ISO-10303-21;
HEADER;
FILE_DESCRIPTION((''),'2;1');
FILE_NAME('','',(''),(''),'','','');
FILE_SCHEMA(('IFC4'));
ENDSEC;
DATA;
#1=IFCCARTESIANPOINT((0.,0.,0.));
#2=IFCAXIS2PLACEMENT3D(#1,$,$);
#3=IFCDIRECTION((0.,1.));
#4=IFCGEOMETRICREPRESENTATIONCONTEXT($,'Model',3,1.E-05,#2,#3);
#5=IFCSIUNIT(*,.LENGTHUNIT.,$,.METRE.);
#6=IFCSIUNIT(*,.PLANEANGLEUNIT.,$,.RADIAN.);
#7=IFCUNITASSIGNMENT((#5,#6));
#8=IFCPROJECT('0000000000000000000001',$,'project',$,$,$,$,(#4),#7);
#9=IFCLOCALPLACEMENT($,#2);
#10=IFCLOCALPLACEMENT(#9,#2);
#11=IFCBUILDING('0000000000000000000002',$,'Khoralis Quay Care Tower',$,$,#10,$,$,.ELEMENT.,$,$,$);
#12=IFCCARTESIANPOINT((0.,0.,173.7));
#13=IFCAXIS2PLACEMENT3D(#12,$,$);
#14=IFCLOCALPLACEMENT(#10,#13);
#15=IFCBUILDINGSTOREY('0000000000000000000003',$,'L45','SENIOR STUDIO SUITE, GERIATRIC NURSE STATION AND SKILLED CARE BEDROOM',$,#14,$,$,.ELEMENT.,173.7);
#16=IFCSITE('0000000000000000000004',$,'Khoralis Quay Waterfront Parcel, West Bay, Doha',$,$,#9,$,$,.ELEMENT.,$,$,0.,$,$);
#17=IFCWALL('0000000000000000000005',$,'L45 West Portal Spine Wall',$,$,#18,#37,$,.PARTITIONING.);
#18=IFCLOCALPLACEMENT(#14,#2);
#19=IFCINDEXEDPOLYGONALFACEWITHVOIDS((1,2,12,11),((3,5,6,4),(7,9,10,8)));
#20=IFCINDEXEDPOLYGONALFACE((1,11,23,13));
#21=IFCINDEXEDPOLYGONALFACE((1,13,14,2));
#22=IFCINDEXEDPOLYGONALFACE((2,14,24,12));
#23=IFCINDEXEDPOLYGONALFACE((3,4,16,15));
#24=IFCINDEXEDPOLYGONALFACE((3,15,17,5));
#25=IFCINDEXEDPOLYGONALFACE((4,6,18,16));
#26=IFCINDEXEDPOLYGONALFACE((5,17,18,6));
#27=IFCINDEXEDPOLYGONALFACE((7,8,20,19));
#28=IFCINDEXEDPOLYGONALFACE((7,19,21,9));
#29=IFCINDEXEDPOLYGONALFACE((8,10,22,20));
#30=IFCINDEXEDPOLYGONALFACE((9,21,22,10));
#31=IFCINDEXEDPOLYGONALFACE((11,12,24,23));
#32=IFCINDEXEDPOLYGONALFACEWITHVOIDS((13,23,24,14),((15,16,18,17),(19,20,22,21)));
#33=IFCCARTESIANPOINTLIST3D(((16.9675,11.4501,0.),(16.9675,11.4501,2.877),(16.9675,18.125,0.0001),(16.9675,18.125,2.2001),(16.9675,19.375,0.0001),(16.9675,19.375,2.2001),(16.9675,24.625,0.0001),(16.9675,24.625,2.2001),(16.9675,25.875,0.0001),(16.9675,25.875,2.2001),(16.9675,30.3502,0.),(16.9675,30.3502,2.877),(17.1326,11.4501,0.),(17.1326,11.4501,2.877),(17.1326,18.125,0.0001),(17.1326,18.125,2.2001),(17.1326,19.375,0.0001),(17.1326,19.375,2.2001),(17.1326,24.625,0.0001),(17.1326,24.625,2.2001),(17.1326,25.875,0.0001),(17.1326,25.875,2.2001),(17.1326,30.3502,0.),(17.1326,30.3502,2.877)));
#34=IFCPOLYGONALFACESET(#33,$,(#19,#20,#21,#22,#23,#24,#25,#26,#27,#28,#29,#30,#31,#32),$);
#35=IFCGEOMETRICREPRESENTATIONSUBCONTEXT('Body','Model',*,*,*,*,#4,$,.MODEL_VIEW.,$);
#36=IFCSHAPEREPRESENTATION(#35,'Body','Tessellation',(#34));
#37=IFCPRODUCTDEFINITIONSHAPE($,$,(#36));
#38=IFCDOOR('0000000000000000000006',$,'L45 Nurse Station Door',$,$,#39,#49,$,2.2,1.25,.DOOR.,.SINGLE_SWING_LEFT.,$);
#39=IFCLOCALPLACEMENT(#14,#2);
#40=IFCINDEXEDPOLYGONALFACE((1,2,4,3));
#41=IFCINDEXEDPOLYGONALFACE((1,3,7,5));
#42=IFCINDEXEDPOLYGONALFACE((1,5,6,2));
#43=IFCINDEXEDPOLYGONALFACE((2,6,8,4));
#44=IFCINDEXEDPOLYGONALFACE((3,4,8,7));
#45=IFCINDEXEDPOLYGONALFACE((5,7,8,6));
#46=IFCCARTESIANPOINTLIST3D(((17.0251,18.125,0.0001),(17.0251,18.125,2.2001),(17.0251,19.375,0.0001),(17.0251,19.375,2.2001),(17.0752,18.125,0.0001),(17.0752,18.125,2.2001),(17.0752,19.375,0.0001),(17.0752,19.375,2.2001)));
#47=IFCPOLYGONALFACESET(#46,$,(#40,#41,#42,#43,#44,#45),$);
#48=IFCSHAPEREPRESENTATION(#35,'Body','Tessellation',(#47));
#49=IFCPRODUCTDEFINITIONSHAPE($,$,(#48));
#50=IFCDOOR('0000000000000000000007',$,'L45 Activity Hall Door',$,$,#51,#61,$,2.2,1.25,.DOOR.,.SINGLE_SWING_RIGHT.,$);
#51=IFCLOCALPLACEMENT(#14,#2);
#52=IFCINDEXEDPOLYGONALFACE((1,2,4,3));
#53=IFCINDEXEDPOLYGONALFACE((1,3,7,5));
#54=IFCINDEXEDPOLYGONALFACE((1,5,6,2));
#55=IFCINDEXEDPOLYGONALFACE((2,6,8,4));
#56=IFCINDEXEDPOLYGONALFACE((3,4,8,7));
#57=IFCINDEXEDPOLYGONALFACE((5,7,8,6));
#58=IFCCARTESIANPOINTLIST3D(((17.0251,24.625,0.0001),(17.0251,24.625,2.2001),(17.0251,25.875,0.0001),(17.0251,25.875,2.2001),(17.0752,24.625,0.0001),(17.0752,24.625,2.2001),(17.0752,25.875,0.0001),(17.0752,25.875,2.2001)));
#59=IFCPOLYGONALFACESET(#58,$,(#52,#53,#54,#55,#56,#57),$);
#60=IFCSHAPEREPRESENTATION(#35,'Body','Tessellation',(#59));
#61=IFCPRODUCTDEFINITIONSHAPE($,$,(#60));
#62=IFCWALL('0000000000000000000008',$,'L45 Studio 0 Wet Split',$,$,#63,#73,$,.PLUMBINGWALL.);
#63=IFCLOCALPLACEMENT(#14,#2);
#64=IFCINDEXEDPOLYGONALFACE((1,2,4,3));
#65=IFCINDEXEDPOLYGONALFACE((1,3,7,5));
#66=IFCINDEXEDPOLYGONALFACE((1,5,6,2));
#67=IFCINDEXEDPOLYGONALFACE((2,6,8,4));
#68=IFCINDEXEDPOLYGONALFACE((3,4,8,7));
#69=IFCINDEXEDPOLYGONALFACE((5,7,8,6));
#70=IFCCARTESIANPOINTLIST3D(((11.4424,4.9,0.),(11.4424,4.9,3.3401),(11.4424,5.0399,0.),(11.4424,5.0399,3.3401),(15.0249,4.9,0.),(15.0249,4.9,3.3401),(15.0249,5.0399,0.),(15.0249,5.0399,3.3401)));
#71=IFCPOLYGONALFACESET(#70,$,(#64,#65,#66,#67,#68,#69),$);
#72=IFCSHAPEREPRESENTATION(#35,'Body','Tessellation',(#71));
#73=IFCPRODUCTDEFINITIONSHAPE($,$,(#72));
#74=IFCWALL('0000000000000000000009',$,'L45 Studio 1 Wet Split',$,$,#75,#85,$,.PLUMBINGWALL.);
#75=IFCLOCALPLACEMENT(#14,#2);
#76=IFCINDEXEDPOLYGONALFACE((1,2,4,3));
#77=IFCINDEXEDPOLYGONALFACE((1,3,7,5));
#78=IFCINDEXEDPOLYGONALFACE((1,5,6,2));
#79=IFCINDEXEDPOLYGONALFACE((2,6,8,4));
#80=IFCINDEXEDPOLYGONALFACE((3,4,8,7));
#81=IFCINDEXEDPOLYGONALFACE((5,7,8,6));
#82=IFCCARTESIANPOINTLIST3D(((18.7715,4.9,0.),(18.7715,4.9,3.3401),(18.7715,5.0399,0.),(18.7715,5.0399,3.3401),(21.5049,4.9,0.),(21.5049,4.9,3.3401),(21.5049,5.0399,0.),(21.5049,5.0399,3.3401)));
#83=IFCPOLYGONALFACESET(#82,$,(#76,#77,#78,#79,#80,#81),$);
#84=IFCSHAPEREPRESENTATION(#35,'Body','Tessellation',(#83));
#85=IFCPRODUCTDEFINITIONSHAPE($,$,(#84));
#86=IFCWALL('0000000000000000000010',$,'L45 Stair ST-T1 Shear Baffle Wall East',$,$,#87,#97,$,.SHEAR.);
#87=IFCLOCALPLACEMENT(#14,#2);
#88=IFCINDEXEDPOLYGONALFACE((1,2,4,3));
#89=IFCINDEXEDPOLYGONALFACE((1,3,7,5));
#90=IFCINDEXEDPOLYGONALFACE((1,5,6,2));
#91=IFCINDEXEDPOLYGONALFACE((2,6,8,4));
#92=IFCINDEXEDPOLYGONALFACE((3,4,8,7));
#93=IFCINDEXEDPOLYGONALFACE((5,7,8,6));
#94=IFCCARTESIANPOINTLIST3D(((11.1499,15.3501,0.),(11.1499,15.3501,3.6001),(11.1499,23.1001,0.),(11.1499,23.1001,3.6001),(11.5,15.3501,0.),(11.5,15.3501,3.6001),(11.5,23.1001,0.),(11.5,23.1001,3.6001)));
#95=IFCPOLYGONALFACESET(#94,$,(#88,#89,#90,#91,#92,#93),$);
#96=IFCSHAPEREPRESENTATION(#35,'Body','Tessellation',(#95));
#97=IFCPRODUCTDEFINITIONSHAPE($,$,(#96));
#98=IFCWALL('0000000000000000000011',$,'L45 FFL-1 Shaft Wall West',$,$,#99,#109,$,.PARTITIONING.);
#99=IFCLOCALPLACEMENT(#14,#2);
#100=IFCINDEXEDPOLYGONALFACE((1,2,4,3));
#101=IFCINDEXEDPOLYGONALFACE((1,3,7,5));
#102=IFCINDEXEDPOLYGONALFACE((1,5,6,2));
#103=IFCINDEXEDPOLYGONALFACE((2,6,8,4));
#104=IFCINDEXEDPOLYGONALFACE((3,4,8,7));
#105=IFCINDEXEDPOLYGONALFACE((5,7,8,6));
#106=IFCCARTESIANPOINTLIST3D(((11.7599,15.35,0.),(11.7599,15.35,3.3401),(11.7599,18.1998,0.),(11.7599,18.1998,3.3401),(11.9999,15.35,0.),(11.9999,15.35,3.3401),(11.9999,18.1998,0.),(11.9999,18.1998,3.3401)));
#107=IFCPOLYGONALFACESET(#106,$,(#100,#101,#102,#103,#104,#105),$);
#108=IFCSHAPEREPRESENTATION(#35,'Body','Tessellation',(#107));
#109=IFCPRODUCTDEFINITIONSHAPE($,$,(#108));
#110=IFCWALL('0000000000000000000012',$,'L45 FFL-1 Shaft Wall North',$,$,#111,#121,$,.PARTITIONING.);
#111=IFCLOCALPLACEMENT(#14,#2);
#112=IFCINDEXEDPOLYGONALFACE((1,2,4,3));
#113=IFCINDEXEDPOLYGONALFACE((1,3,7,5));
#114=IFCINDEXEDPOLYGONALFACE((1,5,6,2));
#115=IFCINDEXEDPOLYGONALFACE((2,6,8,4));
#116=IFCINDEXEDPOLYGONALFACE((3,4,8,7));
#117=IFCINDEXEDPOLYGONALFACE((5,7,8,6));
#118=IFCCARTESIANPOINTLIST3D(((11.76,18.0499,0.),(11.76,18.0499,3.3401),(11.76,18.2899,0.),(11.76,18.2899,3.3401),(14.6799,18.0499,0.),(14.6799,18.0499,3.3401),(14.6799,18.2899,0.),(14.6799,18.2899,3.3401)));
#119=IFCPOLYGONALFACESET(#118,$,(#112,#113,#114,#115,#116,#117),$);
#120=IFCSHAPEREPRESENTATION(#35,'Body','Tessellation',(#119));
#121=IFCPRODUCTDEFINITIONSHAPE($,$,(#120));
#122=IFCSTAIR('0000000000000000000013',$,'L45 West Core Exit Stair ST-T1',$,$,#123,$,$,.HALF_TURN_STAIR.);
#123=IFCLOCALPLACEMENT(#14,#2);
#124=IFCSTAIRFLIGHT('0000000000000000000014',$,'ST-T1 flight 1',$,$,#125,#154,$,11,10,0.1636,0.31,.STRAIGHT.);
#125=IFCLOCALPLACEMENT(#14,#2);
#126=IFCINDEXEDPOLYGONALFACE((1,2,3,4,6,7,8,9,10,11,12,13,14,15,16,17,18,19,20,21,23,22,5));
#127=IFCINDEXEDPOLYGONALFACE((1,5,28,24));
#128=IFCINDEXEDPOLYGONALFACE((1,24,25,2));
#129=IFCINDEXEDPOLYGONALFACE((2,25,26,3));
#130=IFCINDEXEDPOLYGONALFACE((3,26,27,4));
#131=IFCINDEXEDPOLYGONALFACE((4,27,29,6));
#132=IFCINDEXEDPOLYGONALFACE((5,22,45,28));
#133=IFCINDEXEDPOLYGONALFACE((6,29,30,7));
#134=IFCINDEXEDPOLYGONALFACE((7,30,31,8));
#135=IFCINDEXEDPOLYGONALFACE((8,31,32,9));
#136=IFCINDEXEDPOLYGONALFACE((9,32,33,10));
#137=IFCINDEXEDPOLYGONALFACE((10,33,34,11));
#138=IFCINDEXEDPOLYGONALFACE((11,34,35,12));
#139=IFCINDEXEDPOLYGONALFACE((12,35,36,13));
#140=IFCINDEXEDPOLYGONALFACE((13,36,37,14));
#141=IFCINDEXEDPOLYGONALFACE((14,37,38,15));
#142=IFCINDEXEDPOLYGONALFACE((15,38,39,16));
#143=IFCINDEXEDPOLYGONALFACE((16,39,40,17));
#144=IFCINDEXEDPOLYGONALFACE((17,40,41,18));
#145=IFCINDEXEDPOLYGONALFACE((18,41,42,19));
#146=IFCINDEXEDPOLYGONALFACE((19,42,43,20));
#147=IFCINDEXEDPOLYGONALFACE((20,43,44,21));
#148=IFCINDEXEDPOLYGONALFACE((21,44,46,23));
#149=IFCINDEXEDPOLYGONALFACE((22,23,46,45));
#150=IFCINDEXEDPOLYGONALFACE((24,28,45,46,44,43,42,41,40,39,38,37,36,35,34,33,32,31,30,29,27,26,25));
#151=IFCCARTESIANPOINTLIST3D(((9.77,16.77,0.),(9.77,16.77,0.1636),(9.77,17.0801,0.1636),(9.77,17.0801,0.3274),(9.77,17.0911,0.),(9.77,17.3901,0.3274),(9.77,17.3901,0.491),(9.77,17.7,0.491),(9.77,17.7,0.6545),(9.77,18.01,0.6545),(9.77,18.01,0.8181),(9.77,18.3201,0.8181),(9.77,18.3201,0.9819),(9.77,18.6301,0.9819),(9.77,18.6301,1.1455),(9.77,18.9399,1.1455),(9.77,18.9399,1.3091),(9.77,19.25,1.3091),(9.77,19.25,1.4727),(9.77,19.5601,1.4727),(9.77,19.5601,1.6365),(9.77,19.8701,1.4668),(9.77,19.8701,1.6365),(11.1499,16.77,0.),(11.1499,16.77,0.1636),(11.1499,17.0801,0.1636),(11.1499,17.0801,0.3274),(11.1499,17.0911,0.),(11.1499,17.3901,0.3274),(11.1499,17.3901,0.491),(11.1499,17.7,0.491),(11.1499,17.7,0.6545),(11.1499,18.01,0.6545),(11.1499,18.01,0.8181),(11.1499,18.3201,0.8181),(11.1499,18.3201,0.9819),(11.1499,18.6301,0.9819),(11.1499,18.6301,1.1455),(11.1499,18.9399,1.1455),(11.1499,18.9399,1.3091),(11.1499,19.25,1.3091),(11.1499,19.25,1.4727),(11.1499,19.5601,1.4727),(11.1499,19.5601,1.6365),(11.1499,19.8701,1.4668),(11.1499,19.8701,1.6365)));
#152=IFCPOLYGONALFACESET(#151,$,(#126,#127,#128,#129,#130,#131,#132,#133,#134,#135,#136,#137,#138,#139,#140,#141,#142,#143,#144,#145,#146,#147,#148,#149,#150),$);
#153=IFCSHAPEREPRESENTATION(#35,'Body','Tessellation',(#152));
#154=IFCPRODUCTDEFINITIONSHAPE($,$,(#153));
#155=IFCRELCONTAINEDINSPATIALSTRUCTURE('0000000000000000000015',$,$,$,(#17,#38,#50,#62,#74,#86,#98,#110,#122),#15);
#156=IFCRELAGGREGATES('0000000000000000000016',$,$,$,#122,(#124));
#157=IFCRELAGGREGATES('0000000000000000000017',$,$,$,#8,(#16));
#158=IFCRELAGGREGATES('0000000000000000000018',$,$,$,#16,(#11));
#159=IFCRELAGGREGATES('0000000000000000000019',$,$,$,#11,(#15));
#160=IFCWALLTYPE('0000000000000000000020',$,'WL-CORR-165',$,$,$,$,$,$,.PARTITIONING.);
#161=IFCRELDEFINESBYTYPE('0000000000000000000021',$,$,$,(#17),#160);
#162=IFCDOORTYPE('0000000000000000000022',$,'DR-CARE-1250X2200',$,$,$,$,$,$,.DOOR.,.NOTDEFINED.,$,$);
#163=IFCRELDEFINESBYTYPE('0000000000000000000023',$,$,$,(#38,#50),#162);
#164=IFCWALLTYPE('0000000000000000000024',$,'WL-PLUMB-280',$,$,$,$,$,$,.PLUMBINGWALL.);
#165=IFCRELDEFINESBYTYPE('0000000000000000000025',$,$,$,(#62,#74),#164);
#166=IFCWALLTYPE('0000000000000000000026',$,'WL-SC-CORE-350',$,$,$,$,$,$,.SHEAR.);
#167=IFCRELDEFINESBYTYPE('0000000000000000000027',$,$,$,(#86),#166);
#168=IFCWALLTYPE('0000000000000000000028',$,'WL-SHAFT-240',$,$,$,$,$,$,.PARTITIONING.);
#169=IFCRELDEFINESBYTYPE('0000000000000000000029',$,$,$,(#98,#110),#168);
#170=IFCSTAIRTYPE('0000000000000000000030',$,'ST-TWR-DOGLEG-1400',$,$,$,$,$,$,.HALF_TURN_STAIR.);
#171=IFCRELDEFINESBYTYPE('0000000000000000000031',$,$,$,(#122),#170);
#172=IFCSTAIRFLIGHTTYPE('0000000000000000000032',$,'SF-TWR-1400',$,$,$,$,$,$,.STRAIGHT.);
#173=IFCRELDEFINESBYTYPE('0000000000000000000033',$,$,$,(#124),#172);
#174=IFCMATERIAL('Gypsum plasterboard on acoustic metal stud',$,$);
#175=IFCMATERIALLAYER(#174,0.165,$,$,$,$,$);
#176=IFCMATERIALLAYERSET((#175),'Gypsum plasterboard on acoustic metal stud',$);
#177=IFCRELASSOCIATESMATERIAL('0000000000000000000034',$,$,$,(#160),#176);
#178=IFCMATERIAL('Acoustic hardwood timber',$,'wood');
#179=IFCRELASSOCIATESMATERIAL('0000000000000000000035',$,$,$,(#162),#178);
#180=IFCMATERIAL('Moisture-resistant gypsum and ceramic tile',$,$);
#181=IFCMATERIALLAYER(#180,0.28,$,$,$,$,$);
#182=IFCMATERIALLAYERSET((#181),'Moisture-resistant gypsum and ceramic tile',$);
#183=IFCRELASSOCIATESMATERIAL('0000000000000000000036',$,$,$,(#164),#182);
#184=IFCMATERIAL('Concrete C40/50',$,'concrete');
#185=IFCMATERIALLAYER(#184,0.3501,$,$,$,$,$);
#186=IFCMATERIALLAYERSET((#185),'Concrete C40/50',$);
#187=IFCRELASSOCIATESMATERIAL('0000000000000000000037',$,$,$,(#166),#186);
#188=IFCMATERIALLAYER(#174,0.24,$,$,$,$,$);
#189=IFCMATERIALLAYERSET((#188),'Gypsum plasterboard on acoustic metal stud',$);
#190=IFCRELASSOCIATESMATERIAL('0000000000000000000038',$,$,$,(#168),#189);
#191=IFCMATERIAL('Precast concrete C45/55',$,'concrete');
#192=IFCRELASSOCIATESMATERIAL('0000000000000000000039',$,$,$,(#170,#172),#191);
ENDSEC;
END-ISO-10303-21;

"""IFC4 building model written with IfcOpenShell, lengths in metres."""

from ifc_helpers import new_model, si_unit, direction, frame, frame_2d, origin, place, context, subcontext, project, spatial, polyline, rectangle, outline, extrude, source, transform, mapped, material, layer, layer_set, type_object, element, fill, aggregate, save


model = new_model("IFC4")

# Units and contexts
model_context = context("Model", 3, precision=1e-05, world=origin(), true_north=direction((0.0, 1.0)))
body_context = subcontext(model_context, "Body", "Model", "MODEL_VIEW")
ifc_project = project(units=[si_unit("LENGTHUNIT", "METRE"), si_unit("PLANEANGLEUNIT", "RADIAN")], contexts=[model_context])

# Site, building, storey
site_placement = place(None, origin())
site = spatial("IfcSite", under=ifc_project, at=site_placement, Name="Khoralis Quay Waterfront Parcel, West Bay, Doha", CompositionType="ELEMENT", RefElevation=0.0)
building_placement = place(site_placement, origin())
building = spatial("IfcBuilding", under=site, at=building_placement, Name="Khoralis Quay Care Tower", CompositionType="ELEMENT")
storey_placement = place(building_placement, frame((0.0, 0.0, 173.7)))
storey = spatial("IfcBuildingStorey", under=building, at=storey_placement, Name="L45", Description="SENIOR STUDIO SUITE, GERIATRIC NURSE STATION AND SKILLED CARE BEDROOM", CompositionType="ELEMENT", Elevation=173.7)

# Shared definitions
ifc_material_1 = material(Name="Gypsum plasterboard on acoustic metal stud")

# Wall, openings, doors
ifc_layer_1 = layer(ifc_material_1, 0.165)
ifc_layer_set_1 = layer_set([ifc_layer_1], Name="Gypsum plasterboard on acoustic metal stud")
wall_type_1 = type_object("IfcWallType", Name="WL-CORR-165", PredefinedType="PARTITIONING", material=ifc_layer_set_1)
wall_1_placement = place(storey_placement, frame((17.05, 11.45, 0.0), z_axis=(0.0, 0.0, 1.0), x_axis=(0.0, 1.0, 0.0)))
wall_1 = element("IfcWall", 1, at=wall_1_placement, inside=storey, type_object=wall_type_1, Name="L45 West Portal Spine Wall", PredefinedType="PARTITIONING", context=body_context, shape_type="SweptSolid", body=[
    extrude(rectangle(XDim=18.9001, YDim=0.165, at=frame_2d((9.4502, 0.0))), origin(), (0.0, 0.0, 1.0), 2.877),
])
opening_1_placement = place(wall_1_placement, frame((6.675, 0.0, 0.0)))
opening_1 = element("IfcOpeningElement", 2, at=opening_1_placement, cuts=wall_1, PredefinedType="OPENING", context=body_context, shape_type="SweptSolid", body=[
    extrude(rectangle(XDim=1.25, YDim=2.2, at=frame_2d((0.625, 1.1001))), frame((0.0, 0.0925, 0.0), z_axis=(0.0, -1.0, 0.0), x_axis=(1.0, 0.0, 0.0)), (0.0, 0.0, 1.0), 0.1851),
])
opening_2_placement = place(wall_1_placement, frame((13.175, 0.0, 0.0)))
opening_2 = element("IfcOpeningElement", 3, at=opening_2_placement, cuts=wall_1, PredefinedType="OPENING", context=body_context, shape_type="SweptSolid", body=[
    extrude(rectangle(XDim=1.25, YDim=2.2, at=frame_2d((0.625, 1.1001))), frame((0.0, 0.0925, 0.0), z_axis=(0.0, -1.0, 0.0), x_axis=(1.0, 0.0, 0.0)), (0.0, 0.0, 1.0), 0.1851),
])
ifc_material_2 = material(Name="Acoustic hardwood timber", Category="wood")
door_type_1 = type_object("IfcDoorType", Name="DR-CARE-1250X2200", OperationType="NOTDEFINED", PredefinedType="DOOR", material=ifc_material_2)
shared_shape_1 = source(origin(), body_context, "Body", "SweptSolid", [
    extrude(rectangle(XDim=1.25, YDim=2.2, at=frame_2d((0.625, 1.1001))), frame((0.0, 0.0249, 0.0), z_axis=(0.0, -1.0, 0.0), x_axis=(1.0, 0.0, 0.0)), (0.0, 0.0, 1.0), 0.05),
])
door_1_placement = place(opening_1_placement, origin())
door_1 = element("IfcDoor", 4, at=door_1_placement, inside=storey, type_object=door_type_1, Name="L45 Nurse Station Door", OperationType="SINGLE_SWING_LEFT", OverallHeight=2.2, OverallWidth=1.25, PredefinedType="DOOR", context=body_context, shape_type="MappedRepresentation", body=[
    mapped(shared_shape_1, transform((0.0, 0.0, 0.0), scale=1.0)),
])
fill(opening_1, door_1)
door_2_placement = place(opening_2_placement, origin())
door_2 = element("IfcDoor", 5, at=door_2_placement, inside=storey, type_object=door_type_1, Name="L45 Activity Hall Door", OperationType="SINGLE_SWING_RIGHT", OverallHeight=2.2, OverallWidth=1.25, PredefinedType="DOOR", context=body_context, shape_type="MappedRepresentation", body=[
    mapped(shared_shape_1, transform((0.0, 0.0, 0.0), scale=1.0)),
])
fill(opening_2, door_2)

# Walls
ifc_material_3 = material(Name="Moisture-resistant gypsum and ceramic tile")
ifc_layer_2 = layer(ifc_material_3, 0.28)
ifc_layer_set_2 = layer_set([ifc_layer_2], Name="Moisture-resistant gypsum and ceramic tile")
wall_type_2 = type_object("IfcWallType", Name="WL-PLUMB-280", PredefinedType="PLUMBINGWALL", material=ifc_layer_set_2)
wall_2_placement = place(storey_placement, frame((11.4424, 4.97, 0.0), z_axis=(0.0, 0.0, 1.0), x_axis=(1.0, 0.0, 0.0)))
element("IfcWall", 6, at=wall_2_placement, inside=storey, type_object=wall_type_2, Name="L45 Studio 0 Wet Split", PredefinedType="PLUMBINGWALL", context=body_context, shape_type="SweptSolid", body=[
    extrude(rectangle(XDim=3.5825, YDim=0.1399, at=frame_2d((1.7913, 0.0))), origin(), (0.0, 0.0, 1.0), 3.3401),
])
wall_3_placement = place(storey_placement, frame((18.7715, 4.97, 0.0), z_axis=(0.0, 0.0, 1.0), x_axis=(1.0, 0.0, 0.0)))
element("IfcWall", 7, at=wall_3_placement, inside=storey, type_object=wall_type_2, Name="L45 Studio 1 Wet Split", PredefinedType="PLUMBINGWALL", context=body_context, shape_type="SweptSolid", body=[
    extrude(rectangle(XDim=2.7334, YDim=0.1399, at=frame_2d((1.3667, 0.0))), origin(), (0.0, 0.0, 1.0), 3.3401),
])
ifc_material_4 = material(Name="Concrete C40/50", Category="concrete")
ifc_layer_3 = layer(ifc_material_4, 0.3501)
ifc_layer_set_3 = layer_set([ifc_layer_3], Name="Concrete C40/50")
wall_type_3 = type_object("IfcWallType", Name="WL-SC-CORE-350", PredefinedType="SHEAR", material=ifc_layer_set_3)
wall_4_placement = place(storey_placement, frame((11.325, 15.3501, 0.0), z_axis=(0.0, 0.0, 1.0), x_axis=(0.0, 1.0, 0.0)))
element("IfcWall", 8, at=wall_4_placement, inside=storey, type_object=wall_type_3, Name="L45 Stair ST-T1 Shear Baffle Wall East", PredefinedType="SHEAR", context=body_context, shape_type="SweptSolid", body=[
    extrude(rectangle(XDim=7.75, YDim=0.3501, at=frame_2d((3.875, 0.0))), origin(), (0.0, 0.0, 1.0), 3.6001),
])
ifc_layer_4 = layer(ifc_material_1, 0.24)
ifc_layer_set_4 = layer_set([ifc_layer_4], Name="Gypsum plasterboard on acoustic metal stud")
wall_type_4 = type_object("IfcWallType", Name="WL-SHAFT-240", PredefinedType="PARTITIONING", material=ifc_layer_set_4)
wall_5_placement = place(storey_placement, frame((11.8799, 15.3501, 0.0), z_axis=(0.0, 0.0, 1.0), x_axis=(0.0, 1.0, 0.0)))
element("IfcWall", 9, at=wall_5_placement, inside=storey, type_object=wall_type_4, Name="L45 FFL-1 Shaft Wall West", PredefinedType="PARTITIONING", context=body_context, shape_type="SweptSolid", body=[
    extrude(rectangle(XDim=2.8499, YDim=0.24, at=frame_2d((1.4248, 0.0))), origin(), (0.0, 0.0, 1.0), 3.3401),
])
wall_6_placement = place(storey_placement, frame((11.76, 18.1699, 0.0), z_axis=(0.0, 0.0, 1.0), x_axis=(1.0, 0.0, 0.0)))
element("IfcWall", 10, at=wall_6_placement, inside=storey, type_object=wall_type_4, Name="L45 FFL-1 Shaft Wall North", PredefinedType="PARTITIONING", context=body_context, shape_type="SweptSolid", body=[
    extrude(rectangle(XDim=2.9199, YDim=0.24, at=frame_2d((1.46, 0.0))), origin(), (0.0, 0.0, 1.0), 3.3401),
])

# Stair, stair flight
ifc_material_5 = material(Name="Precast concrete C45/55", Category="concrete")
stair_type = type_object("IfcStairType", Name="ST-TWR-DOGLEG-1400", PredefinedType="HALF_TURN_STAIR", material=ifc_material_5)
stair_placement = place(storey_placement, origin())
stair = element("IfcStair", 11, at=stair_placement, inside=storey, type_object=stair_type, Name="L45 West Core Exit Stair ST-T1", PredefinedType="HALF_TURN_STAIR")
stair_flight_type = type_object("IfcStairFlightType", Name="SF-TWR-1400", PredefinedType="STRAIGHT", material=ifc_material_5)
shared_shape_2 = source(origin(), body_context, "Body", "SweptSolid", [
    extrude(outline(polyline([(0.0, 0.0), (0.0, 0.1636), (0.3101, 0.1636), (0.3101, 0.3274), (0.6201, 0.3274), (0.6201, 0.491), (0.9299, 0.491), (0.9299, 0.6545), (1.24, 0.6545), (1.24, 0.8181), (1.55, 0.8181), (1.55, 0.9819), (1.8601, 0.9819), (1.8601, 1.1455), (2.1699, 1.1455), (2.1699, 1.3091), (2.48, 1.3091), (2.48, 1.4727), (2.79, 1.4727), (2.79, 1.6365), (3.1001, 1.6365), (3.1001, 1.8), (3.1001, 1.4668), (0.321, 0.0), (0.0, 0.0)])), frame((0.0, 0.6899, 0.0), z_axis=(0.0, -1.0, 0.0), x_axis=(1.0, 0.0, 0.0)), (0.0, 0.0, 1.0), 1.3799),
])
stair_flight_1_placement = place(storey_placement, frame((10.46, 16.77, 0.0), z_axis=(0.0, 0.0, 1.0), x_axis=(0.0, 1.0, 0.0)))
stair_flight_1 = element("IfcStairFlight", 12, at=stair_flight_1_placement, type_object=stair_flight_type, Name="ST-T1 flight 1", NumberOfRisers=11, NumberOfTreads=10, PredefinedType="STRAIGHT", RiserHeight=0.1636, TreadLength=0.31, context=body_context, shape_type="MappedRepresentation", body=[
    mapped(shared_shape_2, transform((0.0, 0.0, 0.0), scale=1.0)),
])
aggregate(stair, [stair_flight_1])

save(model, "model.ifc")
